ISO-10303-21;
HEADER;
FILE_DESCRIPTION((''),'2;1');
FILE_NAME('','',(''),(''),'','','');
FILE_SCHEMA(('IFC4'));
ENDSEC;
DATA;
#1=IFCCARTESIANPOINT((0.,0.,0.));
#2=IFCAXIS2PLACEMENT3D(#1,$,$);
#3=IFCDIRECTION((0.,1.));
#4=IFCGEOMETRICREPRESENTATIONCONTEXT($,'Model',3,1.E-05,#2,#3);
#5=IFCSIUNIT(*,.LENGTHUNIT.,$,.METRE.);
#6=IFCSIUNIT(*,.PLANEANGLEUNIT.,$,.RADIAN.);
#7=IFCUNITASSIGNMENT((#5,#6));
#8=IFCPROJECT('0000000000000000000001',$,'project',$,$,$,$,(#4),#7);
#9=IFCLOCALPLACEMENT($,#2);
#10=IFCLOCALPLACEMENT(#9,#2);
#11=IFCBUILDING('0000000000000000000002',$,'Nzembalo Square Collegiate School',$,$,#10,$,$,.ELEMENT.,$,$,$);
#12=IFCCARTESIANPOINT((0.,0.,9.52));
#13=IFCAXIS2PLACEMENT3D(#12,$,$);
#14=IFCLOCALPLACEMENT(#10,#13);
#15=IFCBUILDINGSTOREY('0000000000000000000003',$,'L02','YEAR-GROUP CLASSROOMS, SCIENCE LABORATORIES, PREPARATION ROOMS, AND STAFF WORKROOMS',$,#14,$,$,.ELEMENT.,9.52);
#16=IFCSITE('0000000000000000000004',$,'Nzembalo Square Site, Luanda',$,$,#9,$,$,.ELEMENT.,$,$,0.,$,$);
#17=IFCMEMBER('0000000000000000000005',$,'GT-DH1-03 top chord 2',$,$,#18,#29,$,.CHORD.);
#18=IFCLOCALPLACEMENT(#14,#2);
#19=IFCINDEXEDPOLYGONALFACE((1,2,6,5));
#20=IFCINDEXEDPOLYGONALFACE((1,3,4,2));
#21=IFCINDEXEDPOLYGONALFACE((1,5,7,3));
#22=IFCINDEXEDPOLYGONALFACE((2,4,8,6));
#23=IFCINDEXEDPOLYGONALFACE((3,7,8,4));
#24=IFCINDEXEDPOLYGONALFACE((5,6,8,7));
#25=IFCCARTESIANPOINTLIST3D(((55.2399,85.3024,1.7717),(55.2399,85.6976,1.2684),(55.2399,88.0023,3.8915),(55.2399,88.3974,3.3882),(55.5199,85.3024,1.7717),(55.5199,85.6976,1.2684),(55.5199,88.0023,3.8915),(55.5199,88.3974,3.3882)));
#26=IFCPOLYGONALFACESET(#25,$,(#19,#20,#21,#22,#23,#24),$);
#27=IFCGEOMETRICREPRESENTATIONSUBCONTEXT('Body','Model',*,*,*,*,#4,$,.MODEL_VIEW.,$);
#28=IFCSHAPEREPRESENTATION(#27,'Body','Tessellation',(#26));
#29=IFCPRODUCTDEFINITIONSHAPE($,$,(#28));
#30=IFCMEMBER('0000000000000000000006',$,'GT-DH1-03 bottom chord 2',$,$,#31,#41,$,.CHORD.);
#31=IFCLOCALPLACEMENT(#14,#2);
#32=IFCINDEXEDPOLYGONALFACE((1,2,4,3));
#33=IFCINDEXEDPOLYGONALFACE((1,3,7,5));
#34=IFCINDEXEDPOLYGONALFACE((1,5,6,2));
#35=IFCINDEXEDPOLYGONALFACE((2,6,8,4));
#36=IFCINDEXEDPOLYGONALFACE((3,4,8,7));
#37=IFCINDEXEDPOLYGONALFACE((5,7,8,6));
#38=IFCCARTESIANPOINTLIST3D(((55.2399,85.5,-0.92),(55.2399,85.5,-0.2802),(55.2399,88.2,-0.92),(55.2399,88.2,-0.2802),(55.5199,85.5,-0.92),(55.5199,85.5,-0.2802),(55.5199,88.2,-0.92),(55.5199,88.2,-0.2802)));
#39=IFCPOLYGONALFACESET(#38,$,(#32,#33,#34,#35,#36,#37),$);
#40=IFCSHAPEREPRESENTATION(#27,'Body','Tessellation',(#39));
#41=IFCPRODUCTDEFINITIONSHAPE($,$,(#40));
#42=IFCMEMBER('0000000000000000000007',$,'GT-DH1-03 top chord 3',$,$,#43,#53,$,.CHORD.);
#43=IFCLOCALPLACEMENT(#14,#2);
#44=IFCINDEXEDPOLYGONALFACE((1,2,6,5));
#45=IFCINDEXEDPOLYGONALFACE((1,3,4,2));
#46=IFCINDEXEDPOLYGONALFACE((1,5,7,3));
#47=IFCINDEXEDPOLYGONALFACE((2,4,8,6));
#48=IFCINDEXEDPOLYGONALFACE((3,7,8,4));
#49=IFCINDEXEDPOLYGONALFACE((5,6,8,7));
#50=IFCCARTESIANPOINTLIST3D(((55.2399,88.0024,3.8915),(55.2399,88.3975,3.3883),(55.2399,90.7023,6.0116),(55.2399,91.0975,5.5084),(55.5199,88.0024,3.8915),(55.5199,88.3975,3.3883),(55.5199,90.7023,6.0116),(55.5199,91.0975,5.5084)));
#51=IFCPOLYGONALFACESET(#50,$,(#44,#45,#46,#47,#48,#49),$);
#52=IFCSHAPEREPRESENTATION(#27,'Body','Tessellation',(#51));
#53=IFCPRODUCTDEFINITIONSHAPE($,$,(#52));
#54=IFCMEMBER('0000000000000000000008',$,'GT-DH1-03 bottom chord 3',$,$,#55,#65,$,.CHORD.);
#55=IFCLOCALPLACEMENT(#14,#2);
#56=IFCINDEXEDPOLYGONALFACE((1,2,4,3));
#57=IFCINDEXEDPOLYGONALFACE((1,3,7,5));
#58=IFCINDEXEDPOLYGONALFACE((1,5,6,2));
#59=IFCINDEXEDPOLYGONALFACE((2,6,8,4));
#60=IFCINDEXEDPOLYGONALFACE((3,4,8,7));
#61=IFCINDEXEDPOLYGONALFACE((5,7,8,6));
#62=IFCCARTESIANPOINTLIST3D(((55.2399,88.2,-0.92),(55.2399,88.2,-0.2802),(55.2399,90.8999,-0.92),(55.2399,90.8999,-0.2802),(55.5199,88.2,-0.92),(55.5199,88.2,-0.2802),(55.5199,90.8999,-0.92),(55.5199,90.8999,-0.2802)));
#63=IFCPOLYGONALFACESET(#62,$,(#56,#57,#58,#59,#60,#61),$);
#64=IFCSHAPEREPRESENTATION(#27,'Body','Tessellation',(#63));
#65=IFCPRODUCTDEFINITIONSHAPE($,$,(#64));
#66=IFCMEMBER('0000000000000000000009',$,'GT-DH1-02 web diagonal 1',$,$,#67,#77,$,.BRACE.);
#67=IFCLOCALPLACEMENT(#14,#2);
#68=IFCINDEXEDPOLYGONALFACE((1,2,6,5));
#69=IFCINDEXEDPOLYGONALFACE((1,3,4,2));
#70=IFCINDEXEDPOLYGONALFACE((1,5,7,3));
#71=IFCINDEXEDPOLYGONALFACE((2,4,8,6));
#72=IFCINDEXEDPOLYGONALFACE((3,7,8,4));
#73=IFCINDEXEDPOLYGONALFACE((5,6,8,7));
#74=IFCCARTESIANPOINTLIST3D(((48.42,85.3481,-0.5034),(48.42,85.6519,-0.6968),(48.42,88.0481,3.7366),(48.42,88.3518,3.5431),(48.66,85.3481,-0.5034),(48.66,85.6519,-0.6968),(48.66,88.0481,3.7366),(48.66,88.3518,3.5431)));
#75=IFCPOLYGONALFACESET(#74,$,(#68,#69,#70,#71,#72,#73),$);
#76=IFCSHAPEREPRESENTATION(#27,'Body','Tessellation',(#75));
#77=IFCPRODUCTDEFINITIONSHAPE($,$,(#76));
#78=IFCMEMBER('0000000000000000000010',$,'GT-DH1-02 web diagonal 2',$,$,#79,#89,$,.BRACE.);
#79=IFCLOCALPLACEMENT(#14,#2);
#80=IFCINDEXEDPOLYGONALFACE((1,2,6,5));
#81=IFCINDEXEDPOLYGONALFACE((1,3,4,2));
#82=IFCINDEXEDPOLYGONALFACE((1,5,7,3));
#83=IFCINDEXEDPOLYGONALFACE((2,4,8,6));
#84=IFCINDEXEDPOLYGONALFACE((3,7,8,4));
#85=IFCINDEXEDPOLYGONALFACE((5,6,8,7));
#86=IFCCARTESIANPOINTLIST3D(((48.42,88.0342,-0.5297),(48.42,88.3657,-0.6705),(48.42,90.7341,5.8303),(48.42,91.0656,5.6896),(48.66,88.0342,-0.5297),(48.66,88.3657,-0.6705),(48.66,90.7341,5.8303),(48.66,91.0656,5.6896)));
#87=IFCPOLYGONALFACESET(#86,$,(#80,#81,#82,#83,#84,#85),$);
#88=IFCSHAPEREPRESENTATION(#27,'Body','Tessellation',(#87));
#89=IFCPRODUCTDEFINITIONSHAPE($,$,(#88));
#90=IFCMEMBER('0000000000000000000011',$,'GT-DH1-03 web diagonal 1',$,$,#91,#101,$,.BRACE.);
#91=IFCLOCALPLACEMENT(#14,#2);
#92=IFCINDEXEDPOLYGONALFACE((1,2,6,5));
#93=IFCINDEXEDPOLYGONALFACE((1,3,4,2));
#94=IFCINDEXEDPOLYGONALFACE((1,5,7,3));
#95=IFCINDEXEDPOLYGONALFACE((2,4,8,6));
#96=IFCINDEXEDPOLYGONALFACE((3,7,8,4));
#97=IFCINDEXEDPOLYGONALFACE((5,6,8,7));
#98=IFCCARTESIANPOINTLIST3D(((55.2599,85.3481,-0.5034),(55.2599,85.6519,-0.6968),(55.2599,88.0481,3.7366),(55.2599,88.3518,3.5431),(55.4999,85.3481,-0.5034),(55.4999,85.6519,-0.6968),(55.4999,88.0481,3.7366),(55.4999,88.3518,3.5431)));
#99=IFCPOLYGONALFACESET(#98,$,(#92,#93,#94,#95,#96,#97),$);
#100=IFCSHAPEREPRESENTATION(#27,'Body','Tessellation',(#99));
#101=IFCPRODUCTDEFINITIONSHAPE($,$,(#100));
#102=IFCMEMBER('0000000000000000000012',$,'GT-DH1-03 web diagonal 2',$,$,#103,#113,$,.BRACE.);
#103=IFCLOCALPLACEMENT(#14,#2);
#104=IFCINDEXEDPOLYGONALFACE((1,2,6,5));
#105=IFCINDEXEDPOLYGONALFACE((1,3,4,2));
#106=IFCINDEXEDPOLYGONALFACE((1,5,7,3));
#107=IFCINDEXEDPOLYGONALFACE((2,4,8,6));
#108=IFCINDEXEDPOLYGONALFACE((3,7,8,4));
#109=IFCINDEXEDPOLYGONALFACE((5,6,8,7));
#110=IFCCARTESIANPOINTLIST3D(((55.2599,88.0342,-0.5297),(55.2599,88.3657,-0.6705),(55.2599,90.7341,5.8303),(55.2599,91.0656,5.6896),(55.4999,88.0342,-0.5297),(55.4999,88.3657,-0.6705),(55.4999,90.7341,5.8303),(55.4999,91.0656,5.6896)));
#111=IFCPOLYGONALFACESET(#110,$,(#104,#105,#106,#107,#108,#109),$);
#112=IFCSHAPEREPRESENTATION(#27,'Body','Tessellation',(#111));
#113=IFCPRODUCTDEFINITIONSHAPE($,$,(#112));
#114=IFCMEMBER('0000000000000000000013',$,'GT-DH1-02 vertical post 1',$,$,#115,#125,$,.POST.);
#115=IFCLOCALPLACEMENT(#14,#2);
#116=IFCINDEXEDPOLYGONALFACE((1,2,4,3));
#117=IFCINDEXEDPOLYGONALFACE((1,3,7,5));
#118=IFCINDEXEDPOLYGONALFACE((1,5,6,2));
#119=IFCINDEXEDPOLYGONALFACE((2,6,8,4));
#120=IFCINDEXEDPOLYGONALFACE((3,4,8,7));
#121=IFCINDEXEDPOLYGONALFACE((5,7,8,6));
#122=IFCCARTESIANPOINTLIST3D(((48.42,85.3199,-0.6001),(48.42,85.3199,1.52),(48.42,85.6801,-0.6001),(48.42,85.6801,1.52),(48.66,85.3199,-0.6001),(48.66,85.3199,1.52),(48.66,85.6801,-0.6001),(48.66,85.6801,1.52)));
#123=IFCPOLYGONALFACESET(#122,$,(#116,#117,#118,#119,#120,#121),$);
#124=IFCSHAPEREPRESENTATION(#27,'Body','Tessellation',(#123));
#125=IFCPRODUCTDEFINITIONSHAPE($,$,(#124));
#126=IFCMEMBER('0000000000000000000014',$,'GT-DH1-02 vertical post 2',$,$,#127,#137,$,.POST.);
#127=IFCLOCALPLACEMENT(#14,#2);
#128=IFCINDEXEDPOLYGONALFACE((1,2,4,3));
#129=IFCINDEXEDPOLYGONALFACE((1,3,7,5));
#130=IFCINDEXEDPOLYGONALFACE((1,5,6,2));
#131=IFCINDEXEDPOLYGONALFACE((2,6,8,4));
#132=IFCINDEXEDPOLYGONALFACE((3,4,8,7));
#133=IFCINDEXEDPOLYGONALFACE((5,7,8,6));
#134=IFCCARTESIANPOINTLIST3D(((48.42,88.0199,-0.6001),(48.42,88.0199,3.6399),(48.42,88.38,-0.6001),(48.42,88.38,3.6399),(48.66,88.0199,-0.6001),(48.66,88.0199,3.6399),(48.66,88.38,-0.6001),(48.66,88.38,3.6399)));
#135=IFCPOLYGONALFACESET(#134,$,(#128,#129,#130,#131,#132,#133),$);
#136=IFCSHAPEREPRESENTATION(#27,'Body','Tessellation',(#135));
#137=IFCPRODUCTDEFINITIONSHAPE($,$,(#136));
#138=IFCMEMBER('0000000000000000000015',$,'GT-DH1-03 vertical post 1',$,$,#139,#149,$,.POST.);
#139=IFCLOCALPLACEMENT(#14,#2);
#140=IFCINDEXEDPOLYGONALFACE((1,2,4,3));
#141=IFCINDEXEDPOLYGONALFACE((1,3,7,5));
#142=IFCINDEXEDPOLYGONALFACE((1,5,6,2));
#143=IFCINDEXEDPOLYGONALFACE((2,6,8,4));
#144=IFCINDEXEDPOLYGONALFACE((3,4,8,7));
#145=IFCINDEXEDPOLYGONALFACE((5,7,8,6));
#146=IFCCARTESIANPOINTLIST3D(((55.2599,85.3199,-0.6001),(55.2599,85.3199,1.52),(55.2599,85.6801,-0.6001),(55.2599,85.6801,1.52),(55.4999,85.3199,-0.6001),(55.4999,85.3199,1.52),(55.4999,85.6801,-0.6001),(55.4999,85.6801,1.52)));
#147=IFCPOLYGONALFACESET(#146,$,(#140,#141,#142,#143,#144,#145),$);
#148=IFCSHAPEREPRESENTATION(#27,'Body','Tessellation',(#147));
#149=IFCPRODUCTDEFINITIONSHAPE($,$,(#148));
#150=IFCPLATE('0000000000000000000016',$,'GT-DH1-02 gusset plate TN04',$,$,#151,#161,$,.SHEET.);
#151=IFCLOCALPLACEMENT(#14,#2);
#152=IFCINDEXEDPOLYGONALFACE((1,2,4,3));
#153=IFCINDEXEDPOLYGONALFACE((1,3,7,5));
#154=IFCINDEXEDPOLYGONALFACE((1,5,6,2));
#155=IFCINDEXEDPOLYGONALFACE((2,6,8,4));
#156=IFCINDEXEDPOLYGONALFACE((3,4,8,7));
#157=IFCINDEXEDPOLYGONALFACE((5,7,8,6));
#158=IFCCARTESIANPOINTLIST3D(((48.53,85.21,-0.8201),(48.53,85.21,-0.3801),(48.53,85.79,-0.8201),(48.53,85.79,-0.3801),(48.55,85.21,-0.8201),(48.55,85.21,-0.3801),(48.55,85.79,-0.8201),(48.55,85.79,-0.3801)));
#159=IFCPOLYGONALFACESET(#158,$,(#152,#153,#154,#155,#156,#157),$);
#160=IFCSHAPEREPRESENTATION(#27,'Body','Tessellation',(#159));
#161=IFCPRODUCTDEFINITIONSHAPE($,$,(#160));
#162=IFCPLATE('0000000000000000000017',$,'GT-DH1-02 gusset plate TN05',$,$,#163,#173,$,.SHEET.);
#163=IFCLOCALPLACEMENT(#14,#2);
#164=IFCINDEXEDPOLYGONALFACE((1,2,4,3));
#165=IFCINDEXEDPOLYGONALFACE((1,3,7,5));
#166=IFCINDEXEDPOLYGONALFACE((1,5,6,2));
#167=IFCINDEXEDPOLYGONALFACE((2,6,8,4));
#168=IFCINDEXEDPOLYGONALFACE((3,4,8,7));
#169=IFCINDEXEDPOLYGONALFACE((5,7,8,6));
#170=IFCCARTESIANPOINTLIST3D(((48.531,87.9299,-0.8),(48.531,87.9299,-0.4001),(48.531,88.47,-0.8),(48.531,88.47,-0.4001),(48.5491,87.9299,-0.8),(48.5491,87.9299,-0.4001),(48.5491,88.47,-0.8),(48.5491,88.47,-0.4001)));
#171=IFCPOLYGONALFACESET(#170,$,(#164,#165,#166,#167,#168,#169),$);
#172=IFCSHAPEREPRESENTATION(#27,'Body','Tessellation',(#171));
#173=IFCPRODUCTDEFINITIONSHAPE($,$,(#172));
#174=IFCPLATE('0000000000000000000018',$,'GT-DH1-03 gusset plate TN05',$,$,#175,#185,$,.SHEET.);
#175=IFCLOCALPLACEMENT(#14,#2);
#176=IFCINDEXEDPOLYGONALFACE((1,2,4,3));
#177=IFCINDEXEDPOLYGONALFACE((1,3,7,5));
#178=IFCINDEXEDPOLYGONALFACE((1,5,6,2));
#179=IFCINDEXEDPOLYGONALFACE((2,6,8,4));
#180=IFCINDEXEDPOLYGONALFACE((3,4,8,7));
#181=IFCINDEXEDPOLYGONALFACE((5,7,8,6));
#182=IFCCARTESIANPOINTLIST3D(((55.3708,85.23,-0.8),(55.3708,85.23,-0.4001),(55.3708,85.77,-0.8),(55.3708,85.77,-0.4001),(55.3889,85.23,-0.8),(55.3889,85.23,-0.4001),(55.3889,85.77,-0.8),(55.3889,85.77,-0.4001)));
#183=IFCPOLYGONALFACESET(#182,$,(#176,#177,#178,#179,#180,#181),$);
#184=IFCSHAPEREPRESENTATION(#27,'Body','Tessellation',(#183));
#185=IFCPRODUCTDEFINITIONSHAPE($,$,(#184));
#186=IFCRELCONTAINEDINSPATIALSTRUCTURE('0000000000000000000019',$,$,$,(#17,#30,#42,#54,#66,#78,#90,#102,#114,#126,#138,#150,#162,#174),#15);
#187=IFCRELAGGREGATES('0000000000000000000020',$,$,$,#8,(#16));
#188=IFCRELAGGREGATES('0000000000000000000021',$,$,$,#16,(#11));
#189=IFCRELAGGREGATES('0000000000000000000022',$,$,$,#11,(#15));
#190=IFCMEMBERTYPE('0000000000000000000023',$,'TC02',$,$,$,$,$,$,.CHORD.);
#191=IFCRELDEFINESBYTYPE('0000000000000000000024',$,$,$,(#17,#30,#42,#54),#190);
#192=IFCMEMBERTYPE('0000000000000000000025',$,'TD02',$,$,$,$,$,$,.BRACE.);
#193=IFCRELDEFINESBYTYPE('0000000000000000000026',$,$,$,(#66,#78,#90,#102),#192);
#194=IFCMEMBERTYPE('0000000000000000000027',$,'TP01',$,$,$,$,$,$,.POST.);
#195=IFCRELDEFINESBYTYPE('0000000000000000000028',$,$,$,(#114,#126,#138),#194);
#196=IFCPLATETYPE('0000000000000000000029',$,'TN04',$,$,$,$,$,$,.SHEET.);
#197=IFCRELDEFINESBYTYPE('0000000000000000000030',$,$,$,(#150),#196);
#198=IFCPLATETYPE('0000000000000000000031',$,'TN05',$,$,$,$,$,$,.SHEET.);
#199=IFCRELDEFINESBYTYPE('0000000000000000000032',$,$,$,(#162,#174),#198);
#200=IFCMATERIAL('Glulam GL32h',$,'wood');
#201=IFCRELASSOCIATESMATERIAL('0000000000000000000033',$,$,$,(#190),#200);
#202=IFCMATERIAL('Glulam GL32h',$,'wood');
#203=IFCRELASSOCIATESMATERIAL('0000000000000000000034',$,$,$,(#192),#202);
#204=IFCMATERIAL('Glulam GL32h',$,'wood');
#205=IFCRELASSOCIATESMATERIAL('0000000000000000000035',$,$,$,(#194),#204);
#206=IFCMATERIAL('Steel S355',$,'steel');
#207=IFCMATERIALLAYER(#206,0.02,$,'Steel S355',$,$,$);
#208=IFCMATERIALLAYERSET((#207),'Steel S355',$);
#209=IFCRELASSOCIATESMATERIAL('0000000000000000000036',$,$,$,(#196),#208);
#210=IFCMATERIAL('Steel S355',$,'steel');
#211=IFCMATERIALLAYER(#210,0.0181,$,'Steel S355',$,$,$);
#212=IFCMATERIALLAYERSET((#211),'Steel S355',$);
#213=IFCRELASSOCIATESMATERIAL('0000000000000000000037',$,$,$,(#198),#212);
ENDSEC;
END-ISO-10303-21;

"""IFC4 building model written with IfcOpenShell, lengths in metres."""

from ifc_helpers import new_model, si_unit, direction, frame, origin, origin_2d, place, context, subcontext, project, spatial, rectangle, extrude, material, layer, layer_set, material_profile, profile_set, type_object, element, save


model = new_model("IFC4")

# Units and contexts
model_context = context("Model", 3, precision=1e-05, world=origin(), true_north=direction((0.0, 1.0)))
body_context = subcontext(model_context, "Body", "Model", "MODEL_VIEW")
ifc_project = project(units=[si_unit("LENGTHUNIT", "METRE"), si_unit("PLANEANGLEUNIT", "RADIAN")], contexts=[model_context])

# Site, building, storey
site_placement = place(None, origin())
site = spatial("IfcSite", under=ifc_project, at=site_placement, Name="Nzembalo Square Site, Luanda", CompositionType="ELEMENT", RefElevation=0.0)
building_placement = place(site_placement, origin())
building = spatial("IfcBuilding", under=site, at=building_placement, Name="Nzembalo Square Collegiate School", CompositionType="ELEMENT")
storey_placement = place(building_placement, frame((0.0, 0.0, 9.52)))
storey = spatial("IfcBuildingStorey", under=building, at=storey_placement, Name="L02", Description="YEAR-GROUP CLASSROOMS, SCIENCE LABORATORIES, PREPARATION ROOMS, AND STAFF WORKROOMS", CompositionType="ELEMENT", Elevation=9.52)

# Members
ifc_material_1 = material(Name="Glulam GL32h", Category="wood")
ifc_material_profile_1 = material_profile(ifc_material_1, rectangle(XDim=0.28, YDim=0.6399, at=origin_2d()), Name="GL32h 280x640")
ifc_profile_set_1 = profile_set([ifc_material_profile_1], Name="Glulam GL32h")
member_type_1 = type_object("IfcMemberType", Name="TC02", PredefinedType="CHORD", material=ifc_profile_set_1)
member_1_placement = place(storey_placement, frame((55.3799, 85.5, 1.52), z_axis=(0.0, 0.786533, 0.617548), x_axis=(-1.0, 0.0, 0.0)))
element("IfcMember", 1, at=member_1_placement, inside=storey, type_object=member_type_1, Name="GT-DH1-03 top chord 2", PredefinedType="CHORD", context=body_context, shape_type="SweptSolid", body=[
    extrude(rectangle(XDim=0.28, YDim=0.6399, at=origin_2d()), origin(), (0.0, 0.0, 1.0), 3.4326),
])
member_2_placement = place(storey_placement, frame((55.3799, 85.5, -0.6001), z_axis=(0.0, 1.0, 0.0), x_axis=(-1.0, 0.0, 0.0)))
element("IfcMember", 2, at=member_2_placement, inside=storey, type_object=member_type_1, Name="GT-DH1-03 bottom chord 2", PredefinedType="CHORD", context=body_context, shape_type="SweptSolid", body=[
    extrude(rectangle(XDim=0.28, YDim=0.6399, at=origin_2d()), origin(), (0.0, 0.0, 1.0), 2.7),
])
member_3_placement = place(storey_placement, frame((55.3799, 88.2, 3.6399), z_axis=(0.0, 0.786498, 0.617592), x_axis=(-1.0, 0.0, 0.0)))
element("IfcMember", 3, at=member_3_placement, inside=storey, type_object=member_type_1, Name="GT-DH1-03 top chord 3", PredefinedType="CHORD", context=body_context, shape_type="SweptSolid", body=[
    extrude(rectangle(XDim=0.28, YDim=0.6399, at=origin_2d()), origin(), (0.0, 0.0, 1.0), 3.4329),
])
member_4_placement = place(storey_placement, frame((55.3799, 88.2, -0.6001), z_axis=(0.0, 1.0, 0.0), x_axis=(-1.0, 0.0, 0.0)))
element("IfcMember", 4, at=member_4_placement, inside=storey, type_object=member_type_1, Name="GT-DH1-03 bottom chord 3", PredefinedType="CHORD", context=body_context, shape_type="SweptSolid", body=[
    extrude(rectangle(XDim=0.28, YDim=0.6399, at=origin_2d()), origin(), (0.0, 0.0, 1.0), 2.7),
])
ifc_material_2 = material(Name="Glulam GL32h", Category="wood")
ifc_material_profile_2 = material_profile(ifc_material_2, rectangle(XDim=0.24, YDim=0.3601, at=origin_2d()), Name="GL32h 240x360")
ifc_profile_set_2 = profile_set([ifc_material_profile_2], Name="Glulam GL32h")
member_type_2 = type_object("IfcMemberType", Name="TD02", PredefinedType="BRACE", material=ifc_profile_set_2)
member_5_placement = place(storey_placement, frame((48.54, 85.5, -0.6001), z_axis=(0.0, 0.537127, 0.843501), x_axis=(-1.0, 0.0, 0.0)))
element("IfcMember", 5, at=member_5_placement, inside=storey, type_object=member_type_2, Name="GT-DH1-02 web diagonal 1", PredefinedType="BRACE", context=body_context, shape_type="SweptSolid", body=[
    extrude(rectangle(XDim=0.24, YDim=0.3601, at=origin_2d()), origin(), (0.0, 0.0, 1.0), 5.0266),
])
member_6_placement = place(storey_placement, frame((48.54, 88.2, -0.6001), z_axis=(0.0, 0.390761, 0.920492), x_axis=(-1.0, 0.0, 0.0)))
element("IfcMember", 6, at=member_6_placement, inside=storey, type_object=member_type_2, Name="GT-DH1-02 web diagonal 2", PredefinedType="BRACE", context=body_context, shape_type="SweptSolid", body=[
    extrude(rectangle(XDim=0.24, YDim=0.3601, at=origin_2d()), origin(), (0.0, 0.0, 1.0), 6.9094),
])
member_7_placement = place(storey_placement, frame((55.3799, 85.5, -0.6001), z_axis=(0.0, 0.537127, 0.843501), x_axis=(-1.0, 0.0, 0.0)))
element("IfcMember", 7, at=member_7_placement, inside=storey, type_object=member_type_2, Name="GT-DH1-03 web diagonal 1", PredefinedType="BRACE", context=body_context, shape_type="SweptSolid", body=[
    extrude(rectangle(XDim=0.24, YDim=0.3601, at=origin_2d()), origin(), (0.0, 0.0, 1.0), 5.0266),
])
member_8_placement = place(storey_placement, frame((55.3799, 88.2, -0.6001), z_axis=(0.0, 0.390761, 0.920492), x_axis=(-1.0, 0.0, 0.0)))
element("IfcMember", 8, at=member_8_placement, inside=storey, type_object=member_type_2, Name="GT-DH1-03 web diagonal 2", PredefinedType="BRACE", context=body_context, shape_type="SweptSolid", body=[
    extrude(rectangle(XDim=0.24, YDim=0.3601, at=origin_2d()), origin(), (0.0, 0.0, 1.0), 6.9094),
])
ifc_material_3 = material(Name="Glulam GL32h", Category="wood")
ifc_material_profile_3 = material_profile(ifc_material_3, rectangle(XDim=0.24, YDim=0.3601, at=origin_2d()), Name="GL32h 240x360")
ifc_profile_set_3 = profile_set([ifc_material_profile_3], Name="Glulam GL32h")
member_type_3 = type_object("IfcMemberType", Name="TP01", PredefinedType="POST", material=ifc_profile_set_3)
member_9_placement = place(storey_placement, frame((48.54, 85.5, -0.6001), z_axis=(0.0, 0.0, 1.0), x_axis=(1.0, 0.0, 0.0)))
element("IfcMember", 9, at=member_9_placement, inside=storey, type_object=member_type_3, Name="GT-DH1-02 vertical post 1", PredefinedType="POST", context=body_context, shape_type="SweptSolid", body=[
    extrude(rectangle(XDim=0.24, YDim=0.3601, at=origin_2d()), origin(), (0.0, 0.0, 1.0), 2.1201),
])
member_10_placement = place(storey_placement, frame((48.54, 88.2, -0.6001), z_axis=(0.0, 0.0, 1.0), x_axis=(1.0, 0.0, 0.0)))
element("IfcMember", 10, at=member_10_placement, inside=storey, type_object=member_type_3, Name="GT-DH1-02 vertical post 2", PredefinedType="POST", context=body_context, shape_type="SweptSolid", body=[
    extrude(rectangle(XDim=0.24, YDim=0.3601, at=origin_2d()), origin(), (0.0, 0.0, 1.0), 4.24),
])
member_11_placement = place(storey_placement, frame((55.3799, 85.5, -0.6001), z_axis=(0.0, 0.0, 1.0), x_axis=(1.0, 0.0, 0.0)))
element("IfcMember", 11, at=member_11_placement, inside=storey, type_object=member_type_3, Name="GT-DH1-03 vertical post 1", PredefinedType="POST", context=body_context, shape_type="SweptSolid", body=[
    extrude(rectangle(XDim=0.24, YDim=0.3601, at=origin_2d()), origin(), (0.0, 0.0, 1.0), 2.1201),
])

# Plates
ifc_material_4 = material(Name="Steel S355", Category="steel")
ifc_layer_1 = layer(ifc_material_4, 0.02, Name="Steel S355")
ifc_layer_set_1 = layer_set([ifc_layer_1], Name="Steel S355")
plate_type_1 = type_object("IfcPlateType", Name="TN04", PredefinedType="SHEET", material=ifc_layer_set_1)
plate_placement = place(storey_placement, frame((48.54, 85.5, -0.8201), z_axis=(0.0, 0.0, 1.0), x_axis=(0.0, 1.0, 0.0)))
element("IfcPlate", 12, at=plate_placement, inside=storey, type_object=plate_type_1, Name="GT-DH1-02 gusset plate TN04", PredefinedType="SHEET", context=body_context, shape_type="SweptSolid", body=[
    extrude(rectangle(XDim=0.5801, YDim=0.02, at=origin_2d()), origin(), (0.0, 0.0, 1.0), 0.4399),
])
ifc_material_5 = material(Name="Steel S355", Category="steel")
ifc_layer_2 = layer(ifc_material_5, 0.0181, Name="Steel S355")
ifc_layer_set_2 = layer_set([ifc_layer_2], Name="Steel S355")
plate_type_2 = type_object("IfcPlateType", Name="TN05", PredefinedType="SHEET", material=ifc_layer_set_2)
for number, where, z_axis, x_axis, name in (
    (13, (48.54, 88.2, -0.8), (0.0, 0.0, 1.0), (0.0, 1.0, 0.0), "GT-DH1-02 gusset plate TN05"),
    (14, (55.3799, 85.5, -0.8), (0.0, 0.0, 1.0), (0.0, 1.0, 0.0), "GT-DH1-03 gusset plate TN05"),
):
    element("IfcPlate", number, at=place(storey_placement, frame(where, z_axis=z_axis, x_axis=x_axis)), inside=storey, type_object=plate_type_2, Name=name, PredefinedType="SHEET", context=body_context, shape_type="SweptSolid", body=[
        extrude(rectangle(XDim=0.54, YDim=0.0181, at=origin_2d()), origin(), (0.0, 0.0, 1.0), 0.3999),
    ])

save(model, "model.ifc")
